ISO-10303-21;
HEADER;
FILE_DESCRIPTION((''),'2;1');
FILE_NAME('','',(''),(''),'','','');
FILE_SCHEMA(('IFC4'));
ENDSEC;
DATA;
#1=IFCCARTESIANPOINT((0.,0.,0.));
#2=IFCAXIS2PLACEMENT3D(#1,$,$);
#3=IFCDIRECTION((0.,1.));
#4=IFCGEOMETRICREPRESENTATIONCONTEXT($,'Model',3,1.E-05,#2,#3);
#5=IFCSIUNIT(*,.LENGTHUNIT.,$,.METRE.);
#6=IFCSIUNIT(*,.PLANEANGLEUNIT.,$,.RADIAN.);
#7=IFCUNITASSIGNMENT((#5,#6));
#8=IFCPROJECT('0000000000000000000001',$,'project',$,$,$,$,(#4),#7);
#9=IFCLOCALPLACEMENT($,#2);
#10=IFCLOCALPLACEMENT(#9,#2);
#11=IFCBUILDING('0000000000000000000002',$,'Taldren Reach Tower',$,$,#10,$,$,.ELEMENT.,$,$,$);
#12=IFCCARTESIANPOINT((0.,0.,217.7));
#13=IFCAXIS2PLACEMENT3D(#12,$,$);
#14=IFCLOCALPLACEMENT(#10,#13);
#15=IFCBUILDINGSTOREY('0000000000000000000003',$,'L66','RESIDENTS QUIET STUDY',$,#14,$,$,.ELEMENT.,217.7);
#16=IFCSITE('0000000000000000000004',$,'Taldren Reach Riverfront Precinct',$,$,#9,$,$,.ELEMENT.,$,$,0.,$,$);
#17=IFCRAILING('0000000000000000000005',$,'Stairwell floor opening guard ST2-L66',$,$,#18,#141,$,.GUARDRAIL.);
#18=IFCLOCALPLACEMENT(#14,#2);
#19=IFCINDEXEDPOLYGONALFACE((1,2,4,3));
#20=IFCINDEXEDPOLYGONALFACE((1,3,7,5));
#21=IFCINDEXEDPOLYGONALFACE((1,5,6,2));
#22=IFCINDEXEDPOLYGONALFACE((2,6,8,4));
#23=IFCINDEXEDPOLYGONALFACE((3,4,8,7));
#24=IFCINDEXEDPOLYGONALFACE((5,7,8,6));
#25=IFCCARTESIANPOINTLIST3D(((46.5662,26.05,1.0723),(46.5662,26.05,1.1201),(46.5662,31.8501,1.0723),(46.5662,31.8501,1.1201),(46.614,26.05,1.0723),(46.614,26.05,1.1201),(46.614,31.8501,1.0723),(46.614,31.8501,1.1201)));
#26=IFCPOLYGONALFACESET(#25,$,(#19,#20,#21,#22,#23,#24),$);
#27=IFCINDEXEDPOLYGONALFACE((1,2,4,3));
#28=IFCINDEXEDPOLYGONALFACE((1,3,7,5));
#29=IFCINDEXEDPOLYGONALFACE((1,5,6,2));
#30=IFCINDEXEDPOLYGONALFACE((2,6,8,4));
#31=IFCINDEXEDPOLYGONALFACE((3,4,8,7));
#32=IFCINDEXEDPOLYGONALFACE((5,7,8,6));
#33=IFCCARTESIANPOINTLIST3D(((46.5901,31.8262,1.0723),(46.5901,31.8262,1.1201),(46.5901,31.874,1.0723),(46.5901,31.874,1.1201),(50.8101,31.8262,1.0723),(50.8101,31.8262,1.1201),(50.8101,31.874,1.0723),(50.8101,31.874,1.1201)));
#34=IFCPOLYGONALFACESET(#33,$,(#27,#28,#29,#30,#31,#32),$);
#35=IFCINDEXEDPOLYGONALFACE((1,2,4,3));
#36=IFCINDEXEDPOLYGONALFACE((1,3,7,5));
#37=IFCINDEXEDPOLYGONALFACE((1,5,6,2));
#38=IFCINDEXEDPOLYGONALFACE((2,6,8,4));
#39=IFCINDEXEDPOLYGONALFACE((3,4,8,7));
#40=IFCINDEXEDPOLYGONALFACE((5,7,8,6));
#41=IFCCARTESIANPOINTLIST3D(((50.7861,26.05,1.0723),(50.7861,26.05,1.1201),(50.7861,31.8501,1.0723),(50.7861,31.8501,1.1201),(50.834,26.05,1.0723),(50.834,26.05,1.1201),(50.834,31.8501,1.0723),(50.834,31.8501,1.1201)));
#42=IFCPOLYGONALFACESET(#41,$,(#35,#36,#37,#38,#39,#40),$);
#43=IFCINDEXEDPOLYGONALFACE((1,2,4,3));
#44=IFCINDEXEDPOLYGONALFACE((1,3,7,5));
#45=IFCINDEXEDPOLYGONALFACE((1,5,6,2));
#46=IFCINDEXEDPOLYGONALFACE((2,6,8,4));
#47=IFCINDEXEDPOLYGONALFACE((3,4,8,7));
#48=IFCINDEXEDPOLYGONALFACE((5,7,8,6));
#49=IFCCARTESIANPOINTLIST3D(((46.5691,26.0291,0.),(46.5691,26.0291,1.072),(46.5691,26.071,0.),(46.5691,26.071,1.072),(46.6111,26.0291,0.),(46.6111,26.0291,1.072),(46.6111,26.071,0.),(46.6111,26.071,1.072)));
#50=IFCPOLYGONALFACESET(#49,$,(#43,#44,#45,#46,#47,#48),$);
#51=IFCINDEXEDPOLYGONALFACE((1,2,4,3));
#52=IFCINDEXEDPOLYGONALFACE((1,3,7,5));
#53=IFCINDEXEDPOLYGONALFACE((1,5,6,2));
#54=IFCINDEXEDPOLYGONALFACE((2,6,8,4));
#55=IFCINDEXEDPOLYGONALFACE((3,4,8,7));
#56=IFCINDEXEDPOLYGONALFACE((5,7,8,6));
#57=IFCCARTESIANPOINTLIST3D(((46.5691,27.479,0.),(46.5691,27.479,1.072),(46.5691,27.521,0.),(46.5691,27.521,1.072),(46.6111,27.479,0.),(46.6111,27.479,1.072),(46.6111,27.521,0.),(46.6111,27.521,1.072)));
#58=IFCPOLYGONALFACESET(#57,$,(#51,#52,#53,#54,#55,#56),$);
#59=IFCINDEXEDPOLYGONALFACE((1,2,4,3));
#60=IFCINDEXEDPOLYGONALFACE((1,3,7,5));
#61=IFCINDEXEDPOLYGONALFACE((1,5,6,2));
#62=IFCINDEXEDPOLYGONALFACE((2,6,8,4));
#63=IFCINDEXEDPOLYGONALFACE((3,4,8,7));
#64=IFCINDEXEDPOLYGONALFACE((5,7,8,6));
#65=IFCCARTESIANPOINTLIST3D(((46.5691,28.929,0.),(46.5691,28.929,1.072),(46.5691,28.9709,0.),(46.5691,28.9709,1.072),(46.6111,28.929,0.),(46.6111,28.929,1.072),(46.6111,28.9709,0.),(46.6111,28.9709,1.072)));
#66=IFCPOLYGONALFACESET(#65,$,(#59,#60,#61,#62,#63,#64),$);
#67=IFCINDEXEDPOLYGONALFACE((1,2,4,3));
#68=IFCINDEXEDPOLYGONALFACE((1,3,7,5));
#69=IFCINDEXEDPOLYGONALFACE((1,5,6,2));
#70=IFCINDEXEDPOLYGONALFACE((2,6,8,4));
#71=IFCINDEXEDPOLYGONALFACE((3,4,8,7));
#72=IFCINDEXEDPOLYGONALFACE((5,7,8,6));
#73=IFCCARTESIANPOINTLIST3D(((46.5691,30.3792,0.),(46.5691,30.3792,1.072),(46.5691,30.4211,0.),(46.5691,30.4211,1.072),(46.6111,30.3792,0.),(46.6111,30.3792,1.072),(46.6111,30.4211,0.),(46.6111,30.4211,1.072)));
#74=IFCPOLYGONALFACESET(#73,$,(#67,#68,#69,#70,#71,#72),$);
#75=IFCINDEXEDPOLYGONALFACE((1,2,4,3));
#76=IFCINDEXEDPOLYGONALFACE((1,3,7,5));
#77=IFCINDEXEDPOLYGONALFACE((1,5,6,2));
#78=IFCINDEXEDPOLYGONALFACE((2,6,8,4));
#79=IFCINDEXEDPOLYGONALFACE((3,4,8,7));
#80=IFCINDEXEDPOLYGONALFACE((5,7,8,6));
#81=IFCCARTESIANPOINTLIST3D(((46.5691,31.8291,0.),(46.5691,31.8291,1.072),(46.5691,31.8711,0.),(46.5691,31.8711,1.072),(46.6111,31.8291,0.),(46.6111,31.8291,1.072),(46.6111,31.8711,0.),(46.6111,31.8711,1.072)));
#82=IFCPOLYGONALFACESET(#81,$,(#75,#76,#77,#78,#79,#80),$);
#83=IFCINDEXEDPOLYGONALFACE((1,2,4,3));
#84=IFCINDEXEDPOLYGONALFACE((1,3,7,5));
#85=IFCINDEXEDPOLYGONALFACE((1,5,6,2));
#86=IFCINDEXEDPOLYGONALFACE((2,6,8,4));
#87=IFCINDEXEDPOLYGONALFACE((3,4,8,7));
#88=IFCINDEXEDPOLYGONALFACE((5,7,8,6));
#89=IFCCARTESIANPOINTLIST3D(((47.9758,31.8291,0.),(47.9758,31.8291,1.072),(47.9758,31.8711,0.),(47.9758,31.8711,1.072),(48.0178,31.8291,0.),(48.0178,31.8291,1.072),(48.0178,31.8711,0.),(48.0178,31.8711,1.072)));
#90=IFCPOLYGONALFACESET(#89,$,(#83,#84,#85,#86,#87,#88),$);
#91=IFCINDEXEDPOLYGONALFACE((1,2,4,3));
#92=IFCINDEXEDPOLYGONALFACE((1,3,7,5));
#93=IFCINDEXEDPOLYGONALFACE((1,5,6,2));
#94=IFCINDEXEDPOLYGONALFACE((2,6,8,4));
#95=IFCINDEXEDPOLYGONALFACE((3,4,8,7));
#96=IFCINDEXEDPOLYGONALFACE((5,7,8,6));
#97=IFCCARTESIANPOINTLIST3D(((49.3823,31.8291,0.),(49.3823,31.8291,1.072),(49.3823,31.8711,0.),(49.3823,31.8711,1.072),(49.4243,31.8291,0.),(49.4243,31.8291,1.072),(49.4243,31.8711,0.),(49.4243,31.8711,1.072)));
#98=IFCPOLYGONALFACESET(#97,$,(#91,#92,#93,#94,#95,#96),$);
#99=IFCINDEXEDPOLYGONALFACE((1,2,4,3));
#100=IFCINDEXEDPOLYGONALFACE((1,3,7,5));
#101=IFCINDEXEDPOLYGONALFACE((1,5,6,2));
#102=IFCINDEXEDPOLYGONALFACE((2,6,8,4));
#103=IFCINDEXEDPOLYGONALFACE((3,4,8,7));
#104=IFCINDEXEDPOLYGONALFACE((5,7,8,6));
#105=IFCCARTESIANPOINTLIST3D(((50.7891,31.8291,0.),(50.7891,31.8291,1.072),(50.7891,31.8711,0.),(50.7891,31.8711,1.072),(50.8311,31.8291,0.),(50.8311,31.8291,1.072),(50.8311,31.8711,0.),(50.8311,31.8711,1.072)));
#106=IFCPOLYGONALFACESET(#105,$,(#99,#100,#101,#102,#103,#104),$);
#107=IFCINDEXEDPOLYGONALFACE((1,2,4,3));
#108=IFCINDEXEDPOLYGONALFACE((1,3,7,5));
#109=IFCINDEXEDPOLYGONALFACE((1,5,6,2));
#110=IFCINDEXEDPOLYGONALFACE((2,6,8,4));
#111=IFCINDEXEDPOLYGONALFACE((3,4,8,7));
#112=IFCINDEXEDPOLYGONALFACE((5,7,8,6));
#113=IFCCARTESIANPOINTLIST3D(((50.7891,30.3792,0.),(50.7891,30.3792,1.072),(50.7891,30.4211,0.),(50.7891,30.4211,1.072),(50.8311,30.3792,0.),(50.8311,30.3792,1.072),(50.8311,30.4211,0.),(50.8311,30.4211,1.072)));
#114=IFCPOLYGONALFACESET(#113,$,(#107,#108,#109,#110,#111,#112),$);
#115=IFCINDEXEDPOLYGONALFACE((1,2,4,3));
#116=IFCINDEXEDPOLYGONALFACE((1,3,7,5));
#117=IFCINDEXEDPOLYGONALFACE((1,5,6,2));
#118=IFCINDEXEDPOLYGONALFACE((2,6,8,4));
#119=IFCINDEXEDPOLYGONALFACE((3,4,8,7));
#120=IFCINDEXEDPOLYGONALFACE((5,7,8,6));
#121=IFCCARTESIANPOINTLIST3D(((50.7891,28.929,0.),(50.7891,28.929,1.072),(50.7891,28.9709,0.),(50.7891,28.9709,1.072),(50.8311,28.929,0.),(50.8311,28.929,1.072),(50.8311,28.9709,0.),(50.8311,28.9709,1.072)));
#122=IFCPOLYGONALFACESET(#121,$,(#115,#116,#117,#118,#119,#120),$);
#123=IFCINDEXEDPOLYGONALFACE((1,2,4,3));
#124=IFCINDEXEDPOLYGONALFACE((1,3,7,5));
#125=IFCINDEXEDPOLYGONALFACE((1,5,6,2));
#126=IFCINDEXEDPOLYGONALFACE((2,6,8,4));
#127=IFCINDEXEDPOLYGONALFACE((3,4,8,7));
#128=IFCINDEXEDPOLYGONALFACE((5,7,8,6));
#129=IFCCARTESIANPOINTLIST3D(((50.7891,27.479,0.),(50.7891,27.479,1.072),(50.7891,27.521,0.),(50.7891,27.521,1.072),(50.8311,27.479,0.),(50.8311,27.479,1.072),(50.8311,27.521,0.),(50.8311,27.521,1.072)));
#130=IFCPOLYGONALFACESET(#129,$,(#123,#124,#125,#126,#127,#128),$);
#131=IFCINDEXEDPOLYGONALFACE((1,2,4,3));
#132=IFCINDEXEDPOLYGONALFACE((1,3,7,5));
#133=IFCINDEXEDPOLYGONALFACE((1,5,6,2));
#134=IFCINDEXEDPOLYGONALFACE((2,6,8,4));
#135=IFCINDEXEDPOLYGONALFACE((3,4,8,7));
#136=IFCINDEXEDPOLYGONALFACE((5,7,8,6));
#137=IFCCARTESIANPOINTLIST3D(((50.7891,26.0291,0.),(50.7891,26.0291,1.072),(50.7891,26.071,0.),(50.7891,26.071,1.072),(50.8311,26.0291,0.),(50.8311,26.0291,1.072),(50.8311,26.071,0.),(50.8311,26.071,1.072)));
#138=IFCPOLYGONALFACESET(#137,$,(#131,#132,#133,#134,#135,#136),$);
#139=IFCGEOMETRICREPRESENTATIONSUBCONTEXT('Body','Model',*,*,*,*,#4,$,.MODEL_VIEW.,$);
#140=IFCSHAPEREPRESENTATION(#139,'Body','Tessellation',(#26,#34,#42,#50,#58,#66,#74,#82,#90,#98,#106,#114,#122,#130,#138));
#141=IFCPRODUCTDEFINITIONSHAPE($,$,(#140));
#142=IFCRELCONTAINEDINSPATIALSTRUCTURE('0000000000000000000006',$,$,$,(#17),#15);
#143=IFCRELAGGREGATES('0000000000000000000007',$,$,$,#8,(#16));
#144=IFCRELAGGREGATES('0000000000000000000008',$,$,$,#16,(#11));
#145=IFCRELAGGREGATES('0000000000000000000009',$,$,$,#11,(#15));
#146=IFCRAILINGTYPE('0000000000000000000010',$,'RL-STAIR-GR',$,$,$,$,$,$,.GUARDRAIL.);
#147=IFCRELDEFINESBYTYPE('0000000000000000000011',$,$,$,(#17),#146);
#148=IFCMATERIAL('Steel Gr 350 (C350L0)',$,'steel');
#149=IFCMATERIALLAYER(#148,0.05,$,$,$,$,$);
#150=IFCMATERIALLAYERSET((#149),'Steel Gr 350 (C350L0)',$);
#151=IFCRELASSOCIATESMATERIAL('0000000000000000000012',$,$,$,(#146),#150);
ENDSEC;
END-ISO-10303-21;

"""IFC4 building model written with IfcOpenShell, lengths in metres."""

from ifc_helpers import new_model, si_unit, direction, frame, origin, origin_2d, place, context, subcontext, project, spatial, rectangle, extrude, material, layer, layer_set, type_object, element, save


model = new_model("IFC4")

# Units and contexts
model_context = context("Model", 3, precision=1e-05, world=origin(), true_north=direction((0.0, 1.0)))
body_context = subcontext(model_context, "Body", "Model", "MODEL_VIEW")
ifc_project = project(units=[si_unit("LENGTHUNIT", "METRE"), si_unit("PLANEANGLEUNIT", "RADIAN")], contexts=[model_context])

# Site, building, storey
site_placement = place(None, origin())
site = spatial("IfcSite", under=ifc_project, at=site_placement, Name="Taldren Reach Riverfront Precinct", CompositionType="ELEMENT", RefElevation=0.0)
building_placement = place(site_placement, origin())
building = spatial("IfcBuilding", under=site, at=building_placement, Name="Taldren Reach Tower", CompositionType="ELEMENT")
storey_placement = place(building_placement, frame((0.0, 0.0, 217.7)))
storey = spatial("IfcBuildingStorey", under=building, at=storey_placement, Name="L66", Description="RESIDENTS QUIET STUDY", CompositionType="ELEMENT", Elevation=217.7)

# Shared definitions
ifc_material_1 = material(Name="Steel Gr 350 (C350L0)", Category="steel")

# Railing
ifc_layer_1 = layer(ifc_material_1, 0.05)
ifc_layer_set_1 = layer_set([ifc_layer_1], Name="Steel Gr 350 (C350L0)")
railing_type = type_object("IfcRailingType", Name="RL-STAIR-GR", PredefinedType="GUARDRAIL", material=ifc_layer_set_1)
railing_1_placement = place(storey_placement, frame((46.5901, 26.05, 0.0)))
element("IfcRailing", 1, at=railing_1_placement, inside=storey, type_object=railing_type, Name="Stairwell floor opening guard ST2-L66", PredefinedType="GUARDRAIL", context=body_context, shape_type="SweptSolid", body=[
    extrude(rectangle(XDim=0.0479, YDim=0.0479, at=origin_2d()), frame((0.0, 0.0, 1.0962), z_axis=(0.0, 1.0, 0.0), x_axis=(-1.0, 0.0, 0.0)), (0.0, 0.0, 1.0), 5.8),
    extrude(rectangle(XDim=0.0479, YDim=0.0479, at=origin_2d()), frame((0.0, 5.8, 1.0962), z_axis=(1.0, 0.0, 0.0), x_axis=(0.0, 1.0, 0.0)), (0.0, 0.0, 1.0), 4.22),
    extrude(rectangle(XDim=0.0479, YDim=0.0479, at=origin_2d()), frame((4.22, 5.8, 1.0962), z_axis=(0.0, -1.0, 0.0), x_axis=(1.0, 0.0, 0.0)), (0.0, 0.0, 1.0), 5.8),
    extrude(rectangle(XDim=0.042, YDim=0.042, at=origin_2d()), origin(), (0.0, 0.0, 1.0), 1.072),
    extrude(rectangle(XDim=0.042, YDim=0.042, at=origin_2d()), frame((0.0, 1.45, 0.0)), (0.0, 0.0, 1.0), 1.072),
    extrude(rectangle(XDim=0.042, YDim=0.042, at=origin_2d()), frame((0.0, 2.8999, 0.0)), (0.0, 0.0, 1.0), 1.072),
    extrude(rectangle(XDim=0.042, YDim=0.042, at=origin_2d()), frame((0.0, 4.3501, 0.0)), (0.0, 0.0, 1.0), 1.072),
    extrude(rectangle(XDim=0.042, YDim=0.042, at=origin_2d()), frame((0.0, 5.8, 0.0)), (0.0, 0.0, 1.0), 1.072),
    extrude(rectangle(XDim=0.042, YDim=0.042, at=origin_2d()), frame((1.4067, 5.8, 0.0)), (0.0, 0.0, 1.0), 1.072),
    extrude(rectangle(XDim=0.042, YDim=0.042, at=origin_2d()), frame((2.8132, 5.8, 0.0)), (0.0, 0.0, 1.0), 1.072),
    extrude(rectangle(XDim=0.042, YDim=0.042, at=origin_2d()), frame((4.22, 5.8, 0.0)), (0.0, 0.0, 1.0), 1.072),
    extrude(rectangle(XDim=0.042, YDim=0.042, at=origin_2d()), frame((4.22, 4.3501, 0.0)), (0.0, 0.0, 1.0), 1.072),
    extrude(rectangle(XDim=0.042, YDim=0.042, at=origin_2d()), frame((4.22, 2.8999, 0.0)), (0.0, 0.0, 1.0), 1.072),
    extrude(rectangle(XDim=0.042, YDim=0.042, at=origin_2d()), frame((4.22, 1.45, 0.0)), (0.0, 0.0, 1.0), 1.072),
    extrude(rectangle(XDim=0.042, YDim=0.042, at=origin_2d()), frame((4.22, 0.0, 0.0)), (0.0, 0.0, 1.0), 1.072),
])

save(model, "model.ifc")
